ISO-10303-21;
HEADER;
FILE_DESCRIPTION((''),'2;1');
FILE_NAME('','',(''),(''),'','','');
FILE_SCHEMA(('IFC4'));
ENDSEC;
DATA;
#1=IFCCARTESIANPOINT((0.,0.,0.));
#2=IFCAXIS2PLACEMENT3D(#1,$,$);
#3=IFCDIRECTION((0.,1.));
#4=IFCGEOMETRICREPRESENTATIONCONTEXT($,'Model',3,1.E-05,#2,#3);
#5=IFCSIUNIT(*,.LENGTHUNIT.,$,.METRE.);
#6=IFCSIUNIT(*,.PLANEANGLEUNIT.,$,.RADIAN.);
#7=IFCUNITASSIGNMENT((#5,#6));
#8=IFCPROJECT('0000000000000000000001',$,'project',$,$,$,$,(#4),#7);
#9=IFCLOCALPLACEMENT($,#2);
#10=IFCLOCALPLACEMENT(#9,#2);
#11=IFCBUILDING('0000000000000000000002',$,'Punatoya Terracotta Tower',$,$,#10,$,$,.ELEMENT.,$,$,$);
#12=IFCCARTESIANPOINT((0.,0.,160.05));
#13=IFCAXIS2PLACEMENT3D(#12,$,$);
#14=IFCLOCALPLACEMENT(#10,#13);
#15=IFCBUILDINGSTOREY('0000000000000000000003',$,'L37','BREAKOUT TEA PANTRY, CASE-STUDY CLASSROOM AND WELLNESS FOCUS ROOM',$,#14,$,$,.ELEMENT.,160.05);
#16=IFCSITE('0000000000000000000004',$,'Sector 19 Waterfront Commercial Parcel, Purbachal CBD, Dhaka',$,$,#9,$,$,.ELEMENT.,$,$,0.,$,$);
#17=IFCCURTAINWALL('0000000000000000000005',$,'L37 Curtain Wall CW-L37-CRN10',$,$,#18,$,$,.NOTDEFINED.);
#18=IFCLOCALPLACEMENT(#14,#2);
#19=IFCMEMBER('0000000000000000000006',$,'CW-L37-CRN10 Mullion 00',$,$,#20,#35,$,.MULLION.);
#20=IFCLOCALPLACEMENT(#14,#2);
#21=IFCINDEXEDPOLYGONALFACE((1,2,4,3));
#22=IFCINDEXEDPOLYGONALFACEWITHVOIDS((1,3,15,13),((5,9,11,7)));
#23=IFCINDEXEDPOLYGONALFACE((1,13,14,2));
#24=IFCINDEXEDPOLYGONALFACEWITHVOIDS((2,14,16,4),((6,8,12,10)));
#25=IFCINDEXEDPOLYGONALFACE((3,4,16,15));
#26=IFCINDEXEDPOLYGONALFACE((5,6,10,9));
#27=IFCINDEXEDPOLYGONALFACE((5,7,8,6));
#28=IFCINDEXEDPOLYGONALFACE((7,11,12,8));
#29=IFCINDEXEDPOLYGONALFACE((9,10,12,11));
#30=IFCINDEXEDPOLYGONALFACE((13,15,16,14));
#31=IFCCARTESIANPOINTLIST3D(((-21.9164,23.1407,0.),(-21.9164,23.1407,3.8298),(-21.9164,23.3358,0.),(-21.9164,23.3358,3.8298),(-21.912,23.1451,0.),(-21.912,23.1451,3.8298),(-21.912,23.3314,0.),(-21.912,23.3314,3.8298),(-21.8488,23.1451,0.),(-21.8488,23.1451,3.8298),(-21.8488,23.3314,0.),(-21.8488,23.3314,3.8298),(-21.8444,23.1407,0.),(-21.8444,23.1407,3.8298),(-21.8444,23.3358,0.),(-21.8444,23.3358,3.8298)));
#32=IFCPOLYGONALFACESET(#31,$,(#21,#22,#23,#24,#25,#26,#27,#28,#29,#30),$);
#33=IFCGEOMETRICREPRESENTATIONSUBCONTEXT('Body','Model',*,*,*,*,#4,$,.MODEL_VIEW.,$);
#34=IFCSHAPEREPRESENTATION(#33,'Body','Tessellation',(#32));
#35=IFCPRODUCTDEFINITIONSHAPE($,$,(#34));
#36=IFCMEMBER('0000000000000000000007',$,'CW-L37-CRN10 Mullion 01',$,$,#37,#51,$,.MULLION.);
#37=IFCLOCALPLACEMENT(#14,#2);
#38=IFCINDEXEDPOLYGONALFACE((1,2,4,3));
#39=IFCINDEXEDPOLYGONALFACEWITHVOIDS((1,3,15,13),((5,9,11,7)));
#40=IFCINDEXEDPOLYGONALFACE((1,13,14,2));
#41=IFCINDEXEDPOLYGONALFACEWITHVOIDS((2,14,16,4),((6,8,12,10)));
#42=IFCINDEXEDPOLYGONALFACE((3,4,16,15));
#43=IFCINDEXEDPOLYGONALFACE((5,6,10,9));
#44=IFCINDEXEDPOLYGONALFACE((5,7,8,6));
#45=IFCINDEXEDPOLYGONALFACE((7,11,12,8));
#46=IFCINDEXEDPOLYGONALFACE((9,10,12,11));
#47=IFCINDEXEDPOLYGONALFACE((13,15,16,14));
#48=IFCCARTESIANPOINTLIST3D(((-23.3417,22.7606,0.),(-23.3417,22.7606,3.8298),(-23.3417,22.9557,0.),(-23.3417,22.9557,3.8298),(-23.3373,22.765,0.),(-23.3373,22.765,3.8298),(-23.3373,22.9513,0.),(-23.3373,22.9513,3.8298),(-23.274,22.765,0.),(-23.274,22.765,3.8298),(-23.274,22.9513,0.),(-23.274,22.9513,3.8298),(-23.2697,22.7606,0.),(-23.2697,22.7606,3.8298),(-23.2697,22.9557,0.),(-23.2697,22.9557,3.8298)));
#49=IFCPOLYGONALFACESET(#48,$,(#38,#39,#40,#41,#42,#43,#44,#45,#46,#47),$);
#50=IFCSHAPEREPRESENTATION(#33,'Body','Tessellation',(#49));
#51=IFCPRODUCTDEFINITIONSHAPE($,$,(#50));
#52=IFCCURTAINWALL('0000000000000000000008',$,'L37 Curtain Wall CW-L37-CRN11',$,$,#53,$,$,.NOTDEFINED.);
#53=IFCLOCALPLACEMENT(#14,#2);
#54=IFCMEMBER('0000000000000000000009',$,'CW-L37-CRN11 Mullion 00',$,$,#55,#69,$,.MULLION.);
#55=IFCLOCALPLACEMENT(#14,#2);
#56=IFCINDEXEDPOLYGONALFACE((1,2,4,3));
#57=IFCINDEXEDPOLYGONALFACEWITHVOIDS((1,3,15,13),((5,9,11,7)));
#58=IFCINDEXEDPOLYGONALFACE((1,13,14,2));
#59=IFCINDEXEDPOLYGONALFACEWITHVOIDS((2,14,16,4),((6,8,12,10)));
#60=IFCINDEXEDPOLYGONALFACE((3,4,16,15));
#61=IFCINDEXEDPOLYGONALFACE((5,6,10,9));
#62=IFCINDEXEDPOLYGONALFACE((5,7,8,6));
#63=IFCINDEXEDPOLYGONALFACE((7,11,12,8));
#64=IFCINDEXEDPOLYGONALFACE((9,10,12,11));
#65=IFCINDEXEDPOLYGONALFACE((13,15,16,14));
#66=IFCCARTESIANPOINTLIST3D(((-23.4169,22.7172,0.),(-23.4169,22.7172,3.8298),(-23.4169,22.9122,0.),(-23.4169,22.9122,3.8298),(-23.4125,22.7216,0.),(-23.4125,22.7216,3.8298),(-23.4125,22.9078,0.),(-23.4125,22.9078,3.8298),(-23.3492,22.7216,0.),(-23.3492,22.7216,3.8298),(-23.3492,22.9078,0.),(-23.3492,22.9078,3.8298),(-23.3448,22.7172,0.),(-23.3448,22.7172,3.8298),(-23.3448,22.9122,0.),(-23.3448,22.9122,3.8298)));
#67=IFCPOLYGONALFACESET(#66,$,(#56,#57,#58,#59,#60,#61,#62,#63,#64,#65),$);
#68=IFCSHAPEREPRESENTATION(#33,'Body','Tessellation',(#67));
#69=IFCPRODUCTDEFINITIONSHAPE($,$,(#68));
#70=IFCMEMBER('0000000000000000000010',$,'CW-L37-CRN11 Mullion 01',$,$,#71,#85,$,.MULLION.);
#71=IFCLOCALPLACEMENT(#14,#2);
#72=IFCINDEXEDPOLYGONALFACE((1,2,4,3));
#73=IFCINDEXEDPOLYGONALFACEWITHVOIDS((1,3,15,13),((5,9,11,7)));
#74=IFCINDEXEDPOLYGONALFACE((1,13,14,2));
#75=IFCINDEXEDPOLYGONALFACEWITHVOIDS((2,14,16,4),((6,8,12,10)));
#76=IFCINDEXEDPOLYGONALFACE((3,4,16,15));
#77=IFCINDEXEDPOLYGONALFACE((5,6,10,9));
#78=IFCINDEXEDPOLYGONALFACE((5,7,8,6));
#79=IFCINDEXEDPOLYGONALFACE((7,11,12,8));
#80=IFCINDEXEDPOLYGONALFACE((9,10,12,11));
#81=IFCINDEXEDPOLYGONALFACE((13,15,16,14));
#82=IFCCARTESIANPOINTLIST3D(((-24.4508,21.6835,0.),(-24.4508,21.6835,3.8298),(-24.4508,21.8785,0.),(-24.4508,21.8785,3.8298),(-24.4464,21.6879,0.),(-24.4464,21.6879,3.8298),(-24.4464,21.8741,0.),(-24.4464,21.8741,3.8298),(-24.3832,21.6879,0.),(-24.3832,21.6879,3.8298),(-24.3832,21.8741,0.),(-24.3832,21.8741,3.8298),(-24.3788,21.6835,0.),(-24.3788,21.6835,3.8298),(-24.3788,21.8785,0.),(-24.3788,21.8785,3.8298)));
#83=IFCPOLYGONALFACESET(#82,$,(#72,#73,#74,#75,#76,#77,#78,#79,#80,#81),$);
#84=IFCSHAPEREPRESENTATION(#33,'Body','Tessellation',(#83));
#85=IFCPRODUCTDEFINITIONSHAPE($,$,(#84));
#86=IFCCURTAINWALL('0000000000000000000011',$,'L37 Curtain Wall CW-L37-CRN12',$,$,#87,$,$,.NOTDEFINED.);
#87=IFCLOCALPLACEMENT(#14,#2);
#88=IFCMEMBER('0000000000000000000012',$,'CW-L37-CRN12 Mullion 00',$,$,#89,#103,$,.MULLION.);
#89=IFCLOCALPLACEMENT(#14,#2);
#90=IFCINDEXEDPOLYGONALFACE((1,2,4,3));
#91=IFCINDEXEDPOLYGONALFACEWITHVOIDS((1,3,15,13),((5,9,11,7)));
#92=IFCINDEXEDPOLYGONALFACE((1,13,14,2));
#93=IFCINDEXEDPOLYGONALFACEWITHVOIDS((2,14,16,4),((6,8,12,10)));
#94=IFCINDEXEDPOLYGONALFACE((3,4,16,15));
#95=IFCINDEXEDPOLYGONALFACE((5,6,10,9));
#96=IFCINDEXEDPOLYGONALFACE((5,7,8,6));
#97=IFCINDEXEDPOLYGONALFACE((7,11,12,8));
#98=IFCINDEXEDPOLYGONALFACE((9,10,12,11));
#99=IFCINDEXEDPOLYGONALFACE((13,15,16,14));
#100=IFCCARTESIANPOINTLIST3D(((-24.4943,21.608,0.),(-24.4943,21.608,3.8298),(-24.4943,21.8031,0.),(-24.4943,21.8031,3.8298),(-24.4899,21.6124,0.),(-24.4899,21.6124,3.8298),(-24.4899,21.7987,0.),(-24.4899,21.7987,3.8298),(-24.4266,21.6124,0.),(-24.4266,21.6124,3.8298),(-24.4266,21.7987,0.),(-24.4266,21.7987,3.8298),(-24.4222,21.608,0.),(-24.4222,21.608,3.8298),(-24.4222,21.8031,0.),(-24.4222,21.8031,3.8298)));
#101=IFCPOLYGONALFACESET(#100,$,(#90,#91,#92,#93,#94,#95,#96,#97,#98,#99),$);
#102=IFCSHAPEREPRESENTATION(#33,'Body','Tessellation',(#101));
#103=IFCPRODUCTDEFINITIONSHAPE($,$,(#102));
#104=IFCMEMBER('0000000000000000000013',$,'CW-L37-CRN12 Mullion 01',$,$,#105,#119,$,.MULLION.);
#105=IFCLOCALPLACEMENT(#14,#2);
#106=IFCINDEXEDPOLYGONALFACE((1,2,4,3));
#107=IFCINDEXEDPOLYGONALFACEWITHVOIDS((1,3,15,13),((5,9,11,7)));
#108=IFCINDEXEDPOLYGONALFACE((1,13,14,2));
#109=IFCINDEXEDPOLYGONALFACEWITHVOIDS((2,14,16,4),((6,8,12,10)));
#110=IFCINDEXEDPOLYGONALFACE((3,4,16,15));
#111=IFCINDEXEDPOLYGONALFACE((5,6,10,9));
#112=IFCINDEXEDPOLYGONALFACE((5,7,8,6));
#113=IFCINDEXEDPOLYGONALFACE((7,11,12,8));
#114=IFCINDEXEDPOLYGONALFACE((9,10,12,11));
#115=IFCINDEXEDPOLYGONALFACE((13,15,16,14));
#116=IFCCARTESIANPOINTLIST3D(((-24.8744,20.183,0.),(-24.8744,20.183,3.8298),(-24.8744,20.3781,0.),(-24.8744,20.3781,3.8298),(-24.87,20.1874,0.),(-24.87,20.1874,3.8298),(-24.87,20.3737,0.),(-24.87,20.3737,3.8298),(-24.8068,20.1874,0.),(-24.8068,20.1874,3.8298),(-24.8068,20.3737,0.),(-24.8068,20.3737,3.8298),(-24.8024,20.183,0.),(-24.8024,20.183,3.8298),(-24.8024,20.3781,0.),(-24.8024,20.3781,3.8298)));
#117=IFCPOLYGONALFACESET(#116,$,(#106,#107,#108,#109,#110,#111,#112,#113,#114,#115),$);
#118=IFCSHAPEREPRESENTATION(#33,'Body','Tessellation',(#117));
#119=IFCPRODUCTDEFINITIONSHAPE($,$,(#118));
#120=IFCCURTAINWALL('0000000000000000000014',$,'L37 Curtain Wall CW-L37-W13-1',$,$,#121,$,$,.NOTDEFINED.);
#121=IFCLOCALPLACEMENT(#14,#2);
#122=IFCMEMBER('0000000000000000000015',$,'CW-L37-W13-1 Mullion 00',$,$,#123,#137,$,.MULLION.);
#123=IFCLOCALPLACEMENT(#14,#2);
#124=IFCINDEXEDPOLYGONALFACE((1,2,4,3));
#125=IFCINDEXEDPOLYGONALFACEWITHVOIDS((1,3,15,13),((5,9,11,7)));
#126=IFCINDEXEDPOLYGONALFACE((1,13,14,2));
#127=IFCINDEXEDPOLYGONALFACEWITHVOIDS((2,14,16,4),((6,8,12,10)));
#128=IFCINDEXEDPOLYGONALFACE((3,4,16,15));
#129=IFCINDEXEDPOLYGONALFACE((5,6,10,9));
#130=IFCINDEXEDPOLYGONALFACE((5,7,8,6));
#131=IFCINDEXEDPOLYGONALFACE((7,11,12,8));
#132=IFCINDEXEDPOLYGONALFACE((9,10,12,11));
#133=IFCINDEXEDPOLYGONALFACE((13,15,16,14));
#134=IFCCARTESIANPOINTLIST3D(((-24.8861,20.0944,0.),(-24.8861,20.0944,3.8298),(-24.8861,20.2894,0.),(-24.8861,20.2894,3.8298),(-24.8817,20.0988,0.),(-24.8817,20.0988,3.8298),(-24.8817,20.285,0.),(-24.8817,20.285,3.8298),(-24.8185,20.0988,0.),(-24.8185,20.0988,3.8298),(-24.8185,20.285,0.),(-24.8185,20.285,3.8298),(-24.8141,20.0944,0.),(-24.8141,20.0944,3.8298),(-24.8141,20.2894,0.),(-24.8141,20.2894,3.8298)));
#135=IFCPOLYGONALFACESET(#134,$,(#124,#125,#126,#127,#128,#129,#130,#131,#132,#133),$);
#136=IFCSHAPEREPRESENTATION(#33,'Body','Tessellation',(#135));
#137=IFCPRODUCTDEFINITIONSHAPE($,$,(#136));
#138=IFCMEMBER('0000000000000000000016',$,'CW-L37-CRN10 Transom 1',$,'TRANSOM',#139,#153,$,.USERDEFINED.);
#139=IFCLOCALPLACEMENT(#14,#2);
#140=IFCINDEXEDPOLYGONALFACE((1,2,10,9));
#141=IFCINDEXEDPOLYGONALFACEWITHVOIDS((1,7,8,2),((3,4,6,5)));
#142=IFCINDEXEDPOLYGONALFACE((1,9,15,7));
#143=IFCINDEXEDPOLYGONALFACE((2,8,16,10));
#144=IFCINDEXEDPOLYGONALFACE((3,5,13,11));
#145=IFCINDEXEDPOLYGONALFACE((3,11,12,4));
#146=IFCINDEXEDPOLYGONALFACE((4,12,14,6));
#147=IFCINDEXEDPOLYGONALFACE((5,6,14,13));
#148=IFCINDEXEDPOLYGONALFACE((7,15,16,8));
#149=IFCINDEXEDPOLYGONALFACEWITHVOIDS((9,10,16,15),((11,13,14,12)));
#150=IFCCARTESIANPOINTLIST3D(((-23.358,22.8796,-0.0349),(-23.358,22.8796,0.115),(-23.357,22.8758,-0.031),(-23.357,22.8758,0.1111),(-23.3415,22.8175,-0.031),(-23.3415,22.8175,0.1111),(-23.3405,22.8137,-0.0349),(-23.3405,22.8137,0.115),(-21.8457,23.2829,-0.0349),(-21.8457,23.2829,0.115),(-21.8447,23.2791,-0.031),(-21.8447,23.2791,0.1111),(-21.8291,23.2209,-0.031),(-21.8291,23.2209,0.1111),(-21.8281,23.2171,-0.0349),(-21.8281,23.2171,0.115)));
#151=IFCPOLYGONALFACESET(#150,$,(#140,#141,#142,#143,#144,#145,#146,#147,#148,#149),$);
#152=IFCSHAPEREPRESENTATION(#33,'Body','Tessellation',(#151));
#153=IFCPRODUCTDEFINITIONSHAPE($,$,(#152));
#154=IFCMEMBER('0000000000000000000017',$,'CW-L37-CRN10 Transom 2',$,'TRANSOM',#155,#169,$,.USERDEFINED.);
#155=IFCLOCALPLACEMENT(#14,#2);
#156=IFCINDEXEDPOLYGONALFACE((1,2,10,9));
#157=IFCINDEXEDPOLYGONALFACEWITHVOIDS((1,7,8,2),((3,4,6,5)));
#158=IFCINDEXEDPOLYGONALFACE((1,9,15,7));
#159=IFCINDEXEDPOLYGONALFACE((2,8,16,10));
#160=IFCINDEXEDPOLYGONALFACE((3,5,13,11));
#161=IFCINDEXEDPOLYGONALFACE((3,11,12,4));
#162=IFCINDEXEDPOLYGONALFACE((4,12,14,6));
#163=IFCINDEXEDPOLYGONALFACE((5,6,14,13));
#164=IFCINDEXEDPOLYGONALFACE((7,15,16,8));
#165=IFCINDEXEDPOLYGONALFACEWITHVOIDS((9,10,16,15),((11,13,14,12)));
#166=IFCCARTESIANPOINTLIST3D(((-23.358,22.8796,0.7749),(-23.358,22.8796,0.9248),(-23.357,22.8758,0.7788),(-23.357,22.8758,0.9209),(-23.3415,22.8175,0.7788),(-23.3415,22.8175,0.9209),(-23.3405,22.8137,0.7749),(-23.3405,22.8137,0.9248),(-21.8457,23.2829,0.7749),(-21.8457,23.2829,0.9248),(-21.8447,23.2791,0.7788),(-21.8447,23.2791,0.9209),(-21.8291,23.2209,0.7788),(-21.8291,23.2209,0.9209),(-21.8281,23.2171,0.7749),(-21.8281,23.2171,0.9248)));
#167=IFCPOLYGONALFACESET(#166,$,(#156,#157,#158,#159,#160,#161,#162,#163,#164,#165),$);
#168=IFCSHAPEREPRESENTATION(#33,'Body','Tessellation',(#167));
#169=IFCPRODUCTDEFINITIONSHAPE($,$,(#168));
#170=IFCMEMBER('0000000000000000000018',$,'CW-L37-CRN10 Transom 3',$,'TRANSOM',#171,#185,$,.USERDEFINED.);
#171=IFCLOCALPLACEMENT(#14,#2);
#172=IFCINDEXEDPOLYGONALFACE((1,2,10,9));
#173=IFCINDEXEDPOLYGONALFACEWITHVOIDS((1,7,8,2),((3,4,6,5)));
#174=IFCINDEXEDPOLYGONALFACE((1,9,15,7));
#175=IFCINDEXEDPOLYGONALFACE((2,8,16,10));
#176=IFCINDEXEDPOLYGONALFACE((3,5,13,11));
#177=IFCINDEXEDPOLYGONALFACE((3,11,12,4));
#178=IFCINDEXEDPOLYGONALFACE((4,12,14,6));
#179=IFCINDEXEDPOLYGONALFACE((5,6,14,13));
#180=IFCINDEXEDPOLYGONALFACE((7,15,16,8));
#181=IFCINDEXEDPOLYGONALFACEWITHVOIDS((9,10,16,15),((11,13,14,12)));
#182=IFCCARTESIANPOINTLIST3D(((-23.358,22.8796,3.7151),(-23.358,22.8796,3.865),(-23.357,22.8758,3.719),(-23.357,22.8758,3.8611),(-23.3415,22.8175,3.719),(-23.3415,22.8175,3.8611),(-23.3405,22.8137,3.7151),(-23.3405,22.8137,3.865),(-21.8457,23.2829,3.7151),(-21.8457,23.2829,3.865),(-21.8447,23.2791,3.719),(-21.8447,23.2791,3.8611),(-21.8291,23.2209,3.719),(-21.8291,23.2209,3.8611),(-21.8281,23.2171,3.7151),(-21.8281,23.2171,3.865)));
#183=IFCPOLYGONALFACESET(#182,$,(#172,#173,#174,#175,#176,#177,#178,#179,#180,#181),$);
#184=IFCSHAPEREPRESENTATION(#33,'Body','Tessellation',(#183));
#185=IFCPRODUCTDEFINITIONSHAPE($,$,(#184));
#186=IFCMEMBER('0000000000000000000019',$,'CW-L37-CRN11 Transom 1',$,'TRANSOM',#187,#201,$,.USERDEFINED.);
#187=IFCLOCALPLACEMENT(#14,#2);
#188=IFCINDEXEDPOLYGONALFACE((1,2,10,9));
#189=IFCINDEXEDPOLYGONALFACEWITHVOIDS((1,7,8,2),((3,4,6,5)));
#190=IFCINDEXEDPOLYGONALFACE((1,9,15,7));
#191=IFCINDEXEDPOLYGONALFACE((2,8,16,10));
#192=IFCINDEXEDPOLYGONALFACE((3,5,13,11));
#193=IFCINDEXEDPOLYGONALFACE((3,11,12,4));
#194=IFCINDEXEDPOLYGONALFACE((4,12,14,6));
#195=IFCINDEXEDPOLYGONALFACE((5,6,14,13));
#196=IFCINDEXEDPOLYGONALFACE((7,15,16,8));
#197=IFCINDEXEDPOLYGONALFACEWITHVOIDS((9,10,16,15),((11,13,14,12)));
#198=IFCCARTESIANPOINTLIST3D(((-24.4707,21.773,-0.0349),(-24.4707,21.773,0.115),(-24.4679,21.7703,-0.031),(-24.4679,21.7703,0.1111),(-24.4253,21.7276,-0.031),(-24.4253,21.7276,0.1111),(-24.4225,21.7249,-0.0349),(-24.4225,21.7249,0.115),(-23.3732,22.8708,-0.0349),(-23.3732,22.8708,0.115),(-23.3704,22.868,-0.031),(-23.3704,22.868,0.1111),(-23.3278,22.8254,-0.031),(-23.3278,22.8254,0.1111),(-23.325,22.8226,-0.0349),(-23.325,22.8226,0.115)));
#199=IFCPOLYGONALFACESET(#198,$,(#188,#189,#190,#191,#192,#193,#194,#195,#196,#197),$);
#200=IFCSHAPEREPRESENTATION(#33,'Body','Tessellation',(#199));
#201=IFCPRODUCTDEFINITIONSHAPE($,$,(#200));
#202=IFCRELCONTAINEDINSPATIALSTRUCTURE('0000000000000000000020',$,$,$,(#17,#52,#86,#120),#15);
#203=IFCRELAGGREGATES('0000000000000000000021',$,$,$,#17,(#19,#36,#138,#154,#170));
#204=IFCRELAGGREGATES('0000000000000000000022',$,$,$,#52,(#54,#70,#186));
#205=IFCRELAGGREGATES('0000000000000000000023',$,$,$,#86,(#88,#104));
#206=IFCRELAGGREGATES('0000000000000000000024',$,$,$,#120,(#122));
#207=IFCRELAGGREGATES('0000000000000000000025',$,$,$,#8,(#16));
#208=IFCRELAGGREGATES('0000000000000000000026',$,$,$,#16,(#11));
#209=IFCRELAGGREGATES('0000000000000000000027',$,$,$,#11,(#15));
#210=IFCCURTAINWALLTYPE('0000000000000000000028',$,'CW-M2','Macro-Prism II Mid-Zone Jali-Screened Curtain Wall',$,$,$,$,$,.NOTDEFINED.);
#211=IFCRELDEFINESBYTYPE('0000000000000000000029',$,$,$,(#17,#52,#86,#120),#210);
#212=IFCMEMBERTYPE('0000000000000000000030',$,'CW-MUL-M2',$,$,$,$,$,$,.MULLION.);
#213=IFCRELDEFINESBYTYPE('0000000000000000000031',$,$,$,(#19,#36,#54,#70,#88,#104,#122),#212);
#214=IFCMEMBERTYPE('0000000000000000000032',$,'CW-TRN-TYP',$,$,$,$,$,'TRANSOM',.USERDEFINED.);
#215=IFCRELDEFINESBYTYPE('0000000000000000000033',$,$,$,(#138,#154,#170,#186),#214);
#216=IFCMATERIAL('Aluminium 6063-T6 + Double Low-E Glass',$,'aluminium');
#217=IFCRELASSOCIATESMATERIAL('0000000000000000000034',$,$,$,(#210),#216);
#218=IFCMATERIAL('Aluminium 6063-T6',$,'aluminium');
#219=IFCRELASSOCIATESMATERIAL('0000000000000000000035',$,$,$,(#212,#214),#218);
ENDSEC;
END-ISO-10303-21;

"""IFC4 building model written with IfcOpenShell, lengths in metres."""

from ifc_helpers import new_model, si_unit, direction, frame, origin, origin_2d, place, context, subcontext, project, spatial, hollow_rectangle, extrude, material, material_profile, profile_set, type_object, element, aggregate, save


model = new_model("IFC4")

# Units and contexts
model_context = context("Model", 3, precision=1e-05, world=origin(), true_north=direction((0.0, 1.0)))
body_context = subcontext(model_context, "Body", "Model", "MODEL_VIEW")
ifc_project = project(units=[si_unit("LENGTHUNIT", "METRE"), si_unit("PLANEANGLEUNIT", "RADIAN")], contexts=[model_context])

# Site, building, storey
site_placement = place(None, origin())
site = spatial("IfcSite", under=ifc_project, at=site_placement, Name="Sector 19 Waterfront Commercial Parcel, Purbachal CBD, Dhaka", CompositionType="ELEMENT", RefElevation=0.0)
building_placement = place(site_placement, origin())
building = spatial("IfcBuilding", under=site, at=building_placement, Name="Punatoya Terracotta Tower", CompositionType="ELEMENT")
storey_placement = place(building_placement, frame((0.0, 0.0, 160.05)))
storey = spatial("IfcBuildingStorey", under=building, at=storey_placement, Name="L37", Description="BREAKOUT TEA PANTRY, CASE-STUDY CLASSROOM AND WELLNESS FOCUS ROOM", CompositionType="ELEMENT", Elevation=160.05)

# Curtain walls, members
ifc_material_1 = material(Name="Aluminium 6063-T6 + Double Low-E Glass", Category="aluminium")
curtain_wall_type = type_object("IfcCurtainWallType", Name="CW-M2", Description="Macro-Prism II Mid-Zone Jali-Screened Curtain Wall", PredefinedType="NOTDEFINED", material=ifc_material_1)
curtain_wall_1_placement = place(storey_placement, origin())
curtain_wall_1 = element("IfcCurtainWall", 1, at=curtain_wall_1_placement, inside=storey, type_object=curtain_wall_type, Name="L37 Curtain Wall CW-L37-CRN10", PredefinedType="NOTDEFINED")
ifc_material_2 = material(Name="Aluminium 6063-T6", Category="aluminium")
ifc_material_profile_1 = material_profile(ifc_material_2, hollow_rectangle(XDim=0.072, YDim=0.1951, WallThickness=0.0044, at=origin_2d()))
ifc_profile_set_1 = profile_set([ifc_material_profile_1], Name="Aluminium 6063-T6")
member_type_1 = type_object("IfcMemberType", Name="CW-MUL-M2", PredefinedType="MULLION", material=ifc_profile_set_1)
member_1_placement = place(storey_placement, frame((-21.8804, 23.2383, 0.0), z_axis=(0.0, 0.0, 1.0), x_axis=(1.0, 0.0, 0.0)))
member_1 = element("IfcMember", 2, at=member_1_placement, type_object=member_type_1, Name="CW-L37-CRN10 Mullion 00", PredefinedType="MULLION", context=body_context, shape_type="SweptSolid", body=[
    extrude(hollow_rectangle(XDim=0.072, YDim=0.1951, WallThickness=0.0044, at=origin_2d()), origin(), (0.0, 0.0, 1.0), 3.8298),
])
member_2_placement = place(storey_placement, frame((-23.3057, 22.8582, 0.0), z_axis=(0.0, 0.0, 1.0), x_axis=(1.0, 0.0, 0.0)))
member_2 = element("IfcMember", 3, at=member_2_placement, type_object=member_type_1, Name="CW-L37-CRN10 Mullion 01", PredefinedType="MULLION", context=body_context, shape_type="SweptSolid", body=[
    extrude(hollow_rectangle(XDim=0.072, YDim=0.1951, WallThickness=0.0044, at=origin_2d()), origin(), (0.0, 0.0, 1.0), 3.8298),
])
curtain_wall_2_placement = place(storey_placement, origin())
curtain_wall_2 = element("IfcCurtainWall", 4, at=curtain_wall_2_placement, inside=storey, type_object=curtain_wall_type, Name="L37 Curtain Wall CW-L37-CRN11", PredefinedType="NOTDEFINED")
member_3_placement = place(storey_placement, frame((-23.3809, 22.8147, 0.0), z_axis=(0.0, 0.0, 1.0), x_axis=(1.0, 0.0, 0.0)))
member_3 = element("IfcMember", 5, at=member_3_placement, type_object=member_type_1, Name="CW-L37-CRN11 Mullion 00", PredefinedType="MULLION", context=body_context, shape_type="SweptSolid", body=[
    extrude(hollow_rectangle(XDim=0.072, YDim=0.1951, WallThickness=0.0044, at=origin_2d()), origin(), (0.0, 0.0, 1.0), 3.8298),
])
member_4_placement = place(storey_placement, frame((-24.4148, 21.781, 0.0), z_axis=(0.0, 0.0, 1.0), x_axis=(1.0, 0.0, 0.0)))
member_4 = element("IfcMember", 6, at=member_4_placement, type_object=member_type_1, Name="CW-L37-CRN11 Mullion 01", PredefinedType="MULLION", context=body_context, shape_type="SweptSolid", body=[
    extrude(hollow_rectangle(XDim=0.072, YDim=0.1951, WallThickness=0.0044, at=origin_2d()), origin(), (0.0, 0.0, 1.0), 3.8298),
])
curtain_wall_3_placement = place(storey_placement, origin())
curtain_wall_3 = element("IfcCurtainWall", 7, at=curtain_wall_3_placement, inside=storey, type_object=curtain_wall_type, Name="L37 Curtain Wall CW-L37-CRN12", PredefinedType="NOTDEFINED")
member_5_placement = place(storey_placement, frame((-24.4583, 21.7056, 0.0), z_axis=(0.0, 0.0, 1.0), x_axis=(1.0, 0.0, 0.0)))
member_5 = element("IfcMember", 8, at=member_5_placement, type_object=member_type_1, Name="CW-L37-CRN12 Mullion 00", PredefinedType="MULLION", context=body_context, shape_type="SweptSolid", body=[
    extrude(hollow_rectangle(XDim=0.072, YDim=0.1951, WallThickness=0.0044, at=origin_2d()), origin(), (0.0, 0.0, 1.0), 3.8298),
])
member_6_placement = place(storey_placement, frame((-24.8384, 20.2805, 0.0), z_axis=(0.0, 0.0, 1.0), x_axis=(1.0, 0.0, 0.0)))
member_6 = element("IfcMember", 9, at=member_6_placement, type_object=member_type_1, Name="CW-L37-CRN12 Mullion 01", PredefinedType="MULLION", context=body_context, shape_type="SweptSolid", body=[
    extrude(hollow_rectangle(XDim=0.072, YDim=0.1951, WallThickness=0.0044, at=origin_2d()), origin(), (0.0, 0.0, 1.0), 3.8298),
])

# Curtain wall, member
curtain_wall_4_placement = place(storey_placement, origin())
curtain_wall_4 = element("IfcCurtainWall", 10, at=curtain_wall_4_placement, inside=storey, type_object=curtain_wall_type, Name="L37 Curtain Wall CW-L37-W13-1", PredefinedType="NOTDEFINED")
member_7_placement = place(storey_placement, frame((-24.8501, 20.1919, 0.0), z_axis=(0.0, 0.0, 1.0), x_axis=(1.0, 0.0, 0.0)))
member_7 = element("IfcMember", 11, at=member_7_placement, type_object=member_type_1, Name="CW-L37-W13-1 Mullion 00", PredefinedType="MULLION", context=body_context, shape_type="SweptSolid", body=[
    extrude(hollow_rectangle(XDim=0.072, YDim=0.1951, WallThickness=0.0044, at=origin_2d()), origin(), (0.0, 0.0, 1.0), 3.8298),
])

# Members
ifc_material_profile_2 = material_profile(ifc_material_2, hollow_rectangle(XDim=0.0681, YDim=0.1499, WallThickness=0.0039, at=origin_2d()))
ifc_profile_set_2 = profile_set([ifc_material_profile_2], Name="Aluminium 6063-T6")
member_type_2 = type_object("IfcMemberType", Name="CW-TRN-TYP", ElementType="TRANSOM", PredefinedType="USERDEFINED", material=ifc_profile_set_2)
member_8_placement = place(storey_placement, frame((-21.8369, 23.25, 0.04), z_axis=(-0.966225, -0.257701, 0.0), x_axis=(0.257701, -0.966225, 0.0)))
member_8 = element("IfcMember", 12, at=member_8_placement, type_object=member_type_2, Name="CW-L37-CRN10 Transom 1", ObjectType="TRANSOM", PredefinedType="USERDEFINED", context=body_context, shape_type="SweptSolid", body=[
    extrude(hollow_rectangle(XDim=0.0681, YDim=0.1499, WallThickness=0.0039, at=origin_2d()), origin(), (0.0, 0.0, 1.0), 1.5652),
])
member_9_placement = place(storey_placement, frame((-21.8369, 23.25, 0.8499), z_axis=(-0.966225, -0.257701, 0.0), x_axis=(0.257701, -0.966225, 0.0)))
member_9 = element("IfcMember", 13, at=member_9_placement, type_object=member_type_2, Name="CW-L37-CRN10 Transom 2", ObjectType="TRANSOM", PredefinedType="USERDEFINED", context=body_context, shape_type="SweptSolid", body=[
    extrude(hollow_rectangle(XDim=0.0681, YDim=0.1499, WallThickness=0.0039, at=origin_2d()), origin(), (0.0, 0.0, 1.0), 1.5652),
])
member_10_placement = place(storey_placement, frame((-21.8369, 23.25, 3.79), z_axis=(-0.966225, -0.257701, 0.0), x_axis=(0.257701, -0.966225, 0.0)))
member_10 = element("IfcMember", 14, at=member_10_placement, type_object=member_type_2, Name="CW-L37-CRN10 Transom 3", ObjectType="TRANSOM", PredefinedType="USERDEFINED", context=body_context, shape_type="SweptSolid", body=[
    extrude(hollow_rectangle(XDim=0.0681, YDim=0.1499, WallThickness=0.0039, at=origin_2d()), origin(), (0.0, 0.0, 1.0), 1.5652),
])
member_11_placement = place(storey_placement, frame((-23.3491, 22.8467, 0.04), z_axis=(-0.707028, -0.707185, 0.0), x_axis=(0.707185, -0.707028, 0.0)))
member_11 = element("IfcMember", 15, at=member_11_placement, type_object=member_type_2, Name="CW-L37-CRN11 Transom 1", ObjectType="TRANSOM", PredefinedType="USERDEFINED", context=body_context, shape_type="SweptSolid", body=[
    extrude(hollow_rectangle(XDim=0.0681, YDim=0.1499, WallThickness=0.0039, at=origin_2d()), origin(), (0.0, 0.0, 1.0), 1.5522),
])

aggregate(curtain_wall_1, [member_1, member_2, member_8, member_9, member_10])
aggregate(curtain_wall_2, [member_3, member_4, member_11])
aggregate(curtain_wall_3, [member_5, member_6])
aggregate(curtain_wall_4, [member_7])

save(model, "model.ifc")
